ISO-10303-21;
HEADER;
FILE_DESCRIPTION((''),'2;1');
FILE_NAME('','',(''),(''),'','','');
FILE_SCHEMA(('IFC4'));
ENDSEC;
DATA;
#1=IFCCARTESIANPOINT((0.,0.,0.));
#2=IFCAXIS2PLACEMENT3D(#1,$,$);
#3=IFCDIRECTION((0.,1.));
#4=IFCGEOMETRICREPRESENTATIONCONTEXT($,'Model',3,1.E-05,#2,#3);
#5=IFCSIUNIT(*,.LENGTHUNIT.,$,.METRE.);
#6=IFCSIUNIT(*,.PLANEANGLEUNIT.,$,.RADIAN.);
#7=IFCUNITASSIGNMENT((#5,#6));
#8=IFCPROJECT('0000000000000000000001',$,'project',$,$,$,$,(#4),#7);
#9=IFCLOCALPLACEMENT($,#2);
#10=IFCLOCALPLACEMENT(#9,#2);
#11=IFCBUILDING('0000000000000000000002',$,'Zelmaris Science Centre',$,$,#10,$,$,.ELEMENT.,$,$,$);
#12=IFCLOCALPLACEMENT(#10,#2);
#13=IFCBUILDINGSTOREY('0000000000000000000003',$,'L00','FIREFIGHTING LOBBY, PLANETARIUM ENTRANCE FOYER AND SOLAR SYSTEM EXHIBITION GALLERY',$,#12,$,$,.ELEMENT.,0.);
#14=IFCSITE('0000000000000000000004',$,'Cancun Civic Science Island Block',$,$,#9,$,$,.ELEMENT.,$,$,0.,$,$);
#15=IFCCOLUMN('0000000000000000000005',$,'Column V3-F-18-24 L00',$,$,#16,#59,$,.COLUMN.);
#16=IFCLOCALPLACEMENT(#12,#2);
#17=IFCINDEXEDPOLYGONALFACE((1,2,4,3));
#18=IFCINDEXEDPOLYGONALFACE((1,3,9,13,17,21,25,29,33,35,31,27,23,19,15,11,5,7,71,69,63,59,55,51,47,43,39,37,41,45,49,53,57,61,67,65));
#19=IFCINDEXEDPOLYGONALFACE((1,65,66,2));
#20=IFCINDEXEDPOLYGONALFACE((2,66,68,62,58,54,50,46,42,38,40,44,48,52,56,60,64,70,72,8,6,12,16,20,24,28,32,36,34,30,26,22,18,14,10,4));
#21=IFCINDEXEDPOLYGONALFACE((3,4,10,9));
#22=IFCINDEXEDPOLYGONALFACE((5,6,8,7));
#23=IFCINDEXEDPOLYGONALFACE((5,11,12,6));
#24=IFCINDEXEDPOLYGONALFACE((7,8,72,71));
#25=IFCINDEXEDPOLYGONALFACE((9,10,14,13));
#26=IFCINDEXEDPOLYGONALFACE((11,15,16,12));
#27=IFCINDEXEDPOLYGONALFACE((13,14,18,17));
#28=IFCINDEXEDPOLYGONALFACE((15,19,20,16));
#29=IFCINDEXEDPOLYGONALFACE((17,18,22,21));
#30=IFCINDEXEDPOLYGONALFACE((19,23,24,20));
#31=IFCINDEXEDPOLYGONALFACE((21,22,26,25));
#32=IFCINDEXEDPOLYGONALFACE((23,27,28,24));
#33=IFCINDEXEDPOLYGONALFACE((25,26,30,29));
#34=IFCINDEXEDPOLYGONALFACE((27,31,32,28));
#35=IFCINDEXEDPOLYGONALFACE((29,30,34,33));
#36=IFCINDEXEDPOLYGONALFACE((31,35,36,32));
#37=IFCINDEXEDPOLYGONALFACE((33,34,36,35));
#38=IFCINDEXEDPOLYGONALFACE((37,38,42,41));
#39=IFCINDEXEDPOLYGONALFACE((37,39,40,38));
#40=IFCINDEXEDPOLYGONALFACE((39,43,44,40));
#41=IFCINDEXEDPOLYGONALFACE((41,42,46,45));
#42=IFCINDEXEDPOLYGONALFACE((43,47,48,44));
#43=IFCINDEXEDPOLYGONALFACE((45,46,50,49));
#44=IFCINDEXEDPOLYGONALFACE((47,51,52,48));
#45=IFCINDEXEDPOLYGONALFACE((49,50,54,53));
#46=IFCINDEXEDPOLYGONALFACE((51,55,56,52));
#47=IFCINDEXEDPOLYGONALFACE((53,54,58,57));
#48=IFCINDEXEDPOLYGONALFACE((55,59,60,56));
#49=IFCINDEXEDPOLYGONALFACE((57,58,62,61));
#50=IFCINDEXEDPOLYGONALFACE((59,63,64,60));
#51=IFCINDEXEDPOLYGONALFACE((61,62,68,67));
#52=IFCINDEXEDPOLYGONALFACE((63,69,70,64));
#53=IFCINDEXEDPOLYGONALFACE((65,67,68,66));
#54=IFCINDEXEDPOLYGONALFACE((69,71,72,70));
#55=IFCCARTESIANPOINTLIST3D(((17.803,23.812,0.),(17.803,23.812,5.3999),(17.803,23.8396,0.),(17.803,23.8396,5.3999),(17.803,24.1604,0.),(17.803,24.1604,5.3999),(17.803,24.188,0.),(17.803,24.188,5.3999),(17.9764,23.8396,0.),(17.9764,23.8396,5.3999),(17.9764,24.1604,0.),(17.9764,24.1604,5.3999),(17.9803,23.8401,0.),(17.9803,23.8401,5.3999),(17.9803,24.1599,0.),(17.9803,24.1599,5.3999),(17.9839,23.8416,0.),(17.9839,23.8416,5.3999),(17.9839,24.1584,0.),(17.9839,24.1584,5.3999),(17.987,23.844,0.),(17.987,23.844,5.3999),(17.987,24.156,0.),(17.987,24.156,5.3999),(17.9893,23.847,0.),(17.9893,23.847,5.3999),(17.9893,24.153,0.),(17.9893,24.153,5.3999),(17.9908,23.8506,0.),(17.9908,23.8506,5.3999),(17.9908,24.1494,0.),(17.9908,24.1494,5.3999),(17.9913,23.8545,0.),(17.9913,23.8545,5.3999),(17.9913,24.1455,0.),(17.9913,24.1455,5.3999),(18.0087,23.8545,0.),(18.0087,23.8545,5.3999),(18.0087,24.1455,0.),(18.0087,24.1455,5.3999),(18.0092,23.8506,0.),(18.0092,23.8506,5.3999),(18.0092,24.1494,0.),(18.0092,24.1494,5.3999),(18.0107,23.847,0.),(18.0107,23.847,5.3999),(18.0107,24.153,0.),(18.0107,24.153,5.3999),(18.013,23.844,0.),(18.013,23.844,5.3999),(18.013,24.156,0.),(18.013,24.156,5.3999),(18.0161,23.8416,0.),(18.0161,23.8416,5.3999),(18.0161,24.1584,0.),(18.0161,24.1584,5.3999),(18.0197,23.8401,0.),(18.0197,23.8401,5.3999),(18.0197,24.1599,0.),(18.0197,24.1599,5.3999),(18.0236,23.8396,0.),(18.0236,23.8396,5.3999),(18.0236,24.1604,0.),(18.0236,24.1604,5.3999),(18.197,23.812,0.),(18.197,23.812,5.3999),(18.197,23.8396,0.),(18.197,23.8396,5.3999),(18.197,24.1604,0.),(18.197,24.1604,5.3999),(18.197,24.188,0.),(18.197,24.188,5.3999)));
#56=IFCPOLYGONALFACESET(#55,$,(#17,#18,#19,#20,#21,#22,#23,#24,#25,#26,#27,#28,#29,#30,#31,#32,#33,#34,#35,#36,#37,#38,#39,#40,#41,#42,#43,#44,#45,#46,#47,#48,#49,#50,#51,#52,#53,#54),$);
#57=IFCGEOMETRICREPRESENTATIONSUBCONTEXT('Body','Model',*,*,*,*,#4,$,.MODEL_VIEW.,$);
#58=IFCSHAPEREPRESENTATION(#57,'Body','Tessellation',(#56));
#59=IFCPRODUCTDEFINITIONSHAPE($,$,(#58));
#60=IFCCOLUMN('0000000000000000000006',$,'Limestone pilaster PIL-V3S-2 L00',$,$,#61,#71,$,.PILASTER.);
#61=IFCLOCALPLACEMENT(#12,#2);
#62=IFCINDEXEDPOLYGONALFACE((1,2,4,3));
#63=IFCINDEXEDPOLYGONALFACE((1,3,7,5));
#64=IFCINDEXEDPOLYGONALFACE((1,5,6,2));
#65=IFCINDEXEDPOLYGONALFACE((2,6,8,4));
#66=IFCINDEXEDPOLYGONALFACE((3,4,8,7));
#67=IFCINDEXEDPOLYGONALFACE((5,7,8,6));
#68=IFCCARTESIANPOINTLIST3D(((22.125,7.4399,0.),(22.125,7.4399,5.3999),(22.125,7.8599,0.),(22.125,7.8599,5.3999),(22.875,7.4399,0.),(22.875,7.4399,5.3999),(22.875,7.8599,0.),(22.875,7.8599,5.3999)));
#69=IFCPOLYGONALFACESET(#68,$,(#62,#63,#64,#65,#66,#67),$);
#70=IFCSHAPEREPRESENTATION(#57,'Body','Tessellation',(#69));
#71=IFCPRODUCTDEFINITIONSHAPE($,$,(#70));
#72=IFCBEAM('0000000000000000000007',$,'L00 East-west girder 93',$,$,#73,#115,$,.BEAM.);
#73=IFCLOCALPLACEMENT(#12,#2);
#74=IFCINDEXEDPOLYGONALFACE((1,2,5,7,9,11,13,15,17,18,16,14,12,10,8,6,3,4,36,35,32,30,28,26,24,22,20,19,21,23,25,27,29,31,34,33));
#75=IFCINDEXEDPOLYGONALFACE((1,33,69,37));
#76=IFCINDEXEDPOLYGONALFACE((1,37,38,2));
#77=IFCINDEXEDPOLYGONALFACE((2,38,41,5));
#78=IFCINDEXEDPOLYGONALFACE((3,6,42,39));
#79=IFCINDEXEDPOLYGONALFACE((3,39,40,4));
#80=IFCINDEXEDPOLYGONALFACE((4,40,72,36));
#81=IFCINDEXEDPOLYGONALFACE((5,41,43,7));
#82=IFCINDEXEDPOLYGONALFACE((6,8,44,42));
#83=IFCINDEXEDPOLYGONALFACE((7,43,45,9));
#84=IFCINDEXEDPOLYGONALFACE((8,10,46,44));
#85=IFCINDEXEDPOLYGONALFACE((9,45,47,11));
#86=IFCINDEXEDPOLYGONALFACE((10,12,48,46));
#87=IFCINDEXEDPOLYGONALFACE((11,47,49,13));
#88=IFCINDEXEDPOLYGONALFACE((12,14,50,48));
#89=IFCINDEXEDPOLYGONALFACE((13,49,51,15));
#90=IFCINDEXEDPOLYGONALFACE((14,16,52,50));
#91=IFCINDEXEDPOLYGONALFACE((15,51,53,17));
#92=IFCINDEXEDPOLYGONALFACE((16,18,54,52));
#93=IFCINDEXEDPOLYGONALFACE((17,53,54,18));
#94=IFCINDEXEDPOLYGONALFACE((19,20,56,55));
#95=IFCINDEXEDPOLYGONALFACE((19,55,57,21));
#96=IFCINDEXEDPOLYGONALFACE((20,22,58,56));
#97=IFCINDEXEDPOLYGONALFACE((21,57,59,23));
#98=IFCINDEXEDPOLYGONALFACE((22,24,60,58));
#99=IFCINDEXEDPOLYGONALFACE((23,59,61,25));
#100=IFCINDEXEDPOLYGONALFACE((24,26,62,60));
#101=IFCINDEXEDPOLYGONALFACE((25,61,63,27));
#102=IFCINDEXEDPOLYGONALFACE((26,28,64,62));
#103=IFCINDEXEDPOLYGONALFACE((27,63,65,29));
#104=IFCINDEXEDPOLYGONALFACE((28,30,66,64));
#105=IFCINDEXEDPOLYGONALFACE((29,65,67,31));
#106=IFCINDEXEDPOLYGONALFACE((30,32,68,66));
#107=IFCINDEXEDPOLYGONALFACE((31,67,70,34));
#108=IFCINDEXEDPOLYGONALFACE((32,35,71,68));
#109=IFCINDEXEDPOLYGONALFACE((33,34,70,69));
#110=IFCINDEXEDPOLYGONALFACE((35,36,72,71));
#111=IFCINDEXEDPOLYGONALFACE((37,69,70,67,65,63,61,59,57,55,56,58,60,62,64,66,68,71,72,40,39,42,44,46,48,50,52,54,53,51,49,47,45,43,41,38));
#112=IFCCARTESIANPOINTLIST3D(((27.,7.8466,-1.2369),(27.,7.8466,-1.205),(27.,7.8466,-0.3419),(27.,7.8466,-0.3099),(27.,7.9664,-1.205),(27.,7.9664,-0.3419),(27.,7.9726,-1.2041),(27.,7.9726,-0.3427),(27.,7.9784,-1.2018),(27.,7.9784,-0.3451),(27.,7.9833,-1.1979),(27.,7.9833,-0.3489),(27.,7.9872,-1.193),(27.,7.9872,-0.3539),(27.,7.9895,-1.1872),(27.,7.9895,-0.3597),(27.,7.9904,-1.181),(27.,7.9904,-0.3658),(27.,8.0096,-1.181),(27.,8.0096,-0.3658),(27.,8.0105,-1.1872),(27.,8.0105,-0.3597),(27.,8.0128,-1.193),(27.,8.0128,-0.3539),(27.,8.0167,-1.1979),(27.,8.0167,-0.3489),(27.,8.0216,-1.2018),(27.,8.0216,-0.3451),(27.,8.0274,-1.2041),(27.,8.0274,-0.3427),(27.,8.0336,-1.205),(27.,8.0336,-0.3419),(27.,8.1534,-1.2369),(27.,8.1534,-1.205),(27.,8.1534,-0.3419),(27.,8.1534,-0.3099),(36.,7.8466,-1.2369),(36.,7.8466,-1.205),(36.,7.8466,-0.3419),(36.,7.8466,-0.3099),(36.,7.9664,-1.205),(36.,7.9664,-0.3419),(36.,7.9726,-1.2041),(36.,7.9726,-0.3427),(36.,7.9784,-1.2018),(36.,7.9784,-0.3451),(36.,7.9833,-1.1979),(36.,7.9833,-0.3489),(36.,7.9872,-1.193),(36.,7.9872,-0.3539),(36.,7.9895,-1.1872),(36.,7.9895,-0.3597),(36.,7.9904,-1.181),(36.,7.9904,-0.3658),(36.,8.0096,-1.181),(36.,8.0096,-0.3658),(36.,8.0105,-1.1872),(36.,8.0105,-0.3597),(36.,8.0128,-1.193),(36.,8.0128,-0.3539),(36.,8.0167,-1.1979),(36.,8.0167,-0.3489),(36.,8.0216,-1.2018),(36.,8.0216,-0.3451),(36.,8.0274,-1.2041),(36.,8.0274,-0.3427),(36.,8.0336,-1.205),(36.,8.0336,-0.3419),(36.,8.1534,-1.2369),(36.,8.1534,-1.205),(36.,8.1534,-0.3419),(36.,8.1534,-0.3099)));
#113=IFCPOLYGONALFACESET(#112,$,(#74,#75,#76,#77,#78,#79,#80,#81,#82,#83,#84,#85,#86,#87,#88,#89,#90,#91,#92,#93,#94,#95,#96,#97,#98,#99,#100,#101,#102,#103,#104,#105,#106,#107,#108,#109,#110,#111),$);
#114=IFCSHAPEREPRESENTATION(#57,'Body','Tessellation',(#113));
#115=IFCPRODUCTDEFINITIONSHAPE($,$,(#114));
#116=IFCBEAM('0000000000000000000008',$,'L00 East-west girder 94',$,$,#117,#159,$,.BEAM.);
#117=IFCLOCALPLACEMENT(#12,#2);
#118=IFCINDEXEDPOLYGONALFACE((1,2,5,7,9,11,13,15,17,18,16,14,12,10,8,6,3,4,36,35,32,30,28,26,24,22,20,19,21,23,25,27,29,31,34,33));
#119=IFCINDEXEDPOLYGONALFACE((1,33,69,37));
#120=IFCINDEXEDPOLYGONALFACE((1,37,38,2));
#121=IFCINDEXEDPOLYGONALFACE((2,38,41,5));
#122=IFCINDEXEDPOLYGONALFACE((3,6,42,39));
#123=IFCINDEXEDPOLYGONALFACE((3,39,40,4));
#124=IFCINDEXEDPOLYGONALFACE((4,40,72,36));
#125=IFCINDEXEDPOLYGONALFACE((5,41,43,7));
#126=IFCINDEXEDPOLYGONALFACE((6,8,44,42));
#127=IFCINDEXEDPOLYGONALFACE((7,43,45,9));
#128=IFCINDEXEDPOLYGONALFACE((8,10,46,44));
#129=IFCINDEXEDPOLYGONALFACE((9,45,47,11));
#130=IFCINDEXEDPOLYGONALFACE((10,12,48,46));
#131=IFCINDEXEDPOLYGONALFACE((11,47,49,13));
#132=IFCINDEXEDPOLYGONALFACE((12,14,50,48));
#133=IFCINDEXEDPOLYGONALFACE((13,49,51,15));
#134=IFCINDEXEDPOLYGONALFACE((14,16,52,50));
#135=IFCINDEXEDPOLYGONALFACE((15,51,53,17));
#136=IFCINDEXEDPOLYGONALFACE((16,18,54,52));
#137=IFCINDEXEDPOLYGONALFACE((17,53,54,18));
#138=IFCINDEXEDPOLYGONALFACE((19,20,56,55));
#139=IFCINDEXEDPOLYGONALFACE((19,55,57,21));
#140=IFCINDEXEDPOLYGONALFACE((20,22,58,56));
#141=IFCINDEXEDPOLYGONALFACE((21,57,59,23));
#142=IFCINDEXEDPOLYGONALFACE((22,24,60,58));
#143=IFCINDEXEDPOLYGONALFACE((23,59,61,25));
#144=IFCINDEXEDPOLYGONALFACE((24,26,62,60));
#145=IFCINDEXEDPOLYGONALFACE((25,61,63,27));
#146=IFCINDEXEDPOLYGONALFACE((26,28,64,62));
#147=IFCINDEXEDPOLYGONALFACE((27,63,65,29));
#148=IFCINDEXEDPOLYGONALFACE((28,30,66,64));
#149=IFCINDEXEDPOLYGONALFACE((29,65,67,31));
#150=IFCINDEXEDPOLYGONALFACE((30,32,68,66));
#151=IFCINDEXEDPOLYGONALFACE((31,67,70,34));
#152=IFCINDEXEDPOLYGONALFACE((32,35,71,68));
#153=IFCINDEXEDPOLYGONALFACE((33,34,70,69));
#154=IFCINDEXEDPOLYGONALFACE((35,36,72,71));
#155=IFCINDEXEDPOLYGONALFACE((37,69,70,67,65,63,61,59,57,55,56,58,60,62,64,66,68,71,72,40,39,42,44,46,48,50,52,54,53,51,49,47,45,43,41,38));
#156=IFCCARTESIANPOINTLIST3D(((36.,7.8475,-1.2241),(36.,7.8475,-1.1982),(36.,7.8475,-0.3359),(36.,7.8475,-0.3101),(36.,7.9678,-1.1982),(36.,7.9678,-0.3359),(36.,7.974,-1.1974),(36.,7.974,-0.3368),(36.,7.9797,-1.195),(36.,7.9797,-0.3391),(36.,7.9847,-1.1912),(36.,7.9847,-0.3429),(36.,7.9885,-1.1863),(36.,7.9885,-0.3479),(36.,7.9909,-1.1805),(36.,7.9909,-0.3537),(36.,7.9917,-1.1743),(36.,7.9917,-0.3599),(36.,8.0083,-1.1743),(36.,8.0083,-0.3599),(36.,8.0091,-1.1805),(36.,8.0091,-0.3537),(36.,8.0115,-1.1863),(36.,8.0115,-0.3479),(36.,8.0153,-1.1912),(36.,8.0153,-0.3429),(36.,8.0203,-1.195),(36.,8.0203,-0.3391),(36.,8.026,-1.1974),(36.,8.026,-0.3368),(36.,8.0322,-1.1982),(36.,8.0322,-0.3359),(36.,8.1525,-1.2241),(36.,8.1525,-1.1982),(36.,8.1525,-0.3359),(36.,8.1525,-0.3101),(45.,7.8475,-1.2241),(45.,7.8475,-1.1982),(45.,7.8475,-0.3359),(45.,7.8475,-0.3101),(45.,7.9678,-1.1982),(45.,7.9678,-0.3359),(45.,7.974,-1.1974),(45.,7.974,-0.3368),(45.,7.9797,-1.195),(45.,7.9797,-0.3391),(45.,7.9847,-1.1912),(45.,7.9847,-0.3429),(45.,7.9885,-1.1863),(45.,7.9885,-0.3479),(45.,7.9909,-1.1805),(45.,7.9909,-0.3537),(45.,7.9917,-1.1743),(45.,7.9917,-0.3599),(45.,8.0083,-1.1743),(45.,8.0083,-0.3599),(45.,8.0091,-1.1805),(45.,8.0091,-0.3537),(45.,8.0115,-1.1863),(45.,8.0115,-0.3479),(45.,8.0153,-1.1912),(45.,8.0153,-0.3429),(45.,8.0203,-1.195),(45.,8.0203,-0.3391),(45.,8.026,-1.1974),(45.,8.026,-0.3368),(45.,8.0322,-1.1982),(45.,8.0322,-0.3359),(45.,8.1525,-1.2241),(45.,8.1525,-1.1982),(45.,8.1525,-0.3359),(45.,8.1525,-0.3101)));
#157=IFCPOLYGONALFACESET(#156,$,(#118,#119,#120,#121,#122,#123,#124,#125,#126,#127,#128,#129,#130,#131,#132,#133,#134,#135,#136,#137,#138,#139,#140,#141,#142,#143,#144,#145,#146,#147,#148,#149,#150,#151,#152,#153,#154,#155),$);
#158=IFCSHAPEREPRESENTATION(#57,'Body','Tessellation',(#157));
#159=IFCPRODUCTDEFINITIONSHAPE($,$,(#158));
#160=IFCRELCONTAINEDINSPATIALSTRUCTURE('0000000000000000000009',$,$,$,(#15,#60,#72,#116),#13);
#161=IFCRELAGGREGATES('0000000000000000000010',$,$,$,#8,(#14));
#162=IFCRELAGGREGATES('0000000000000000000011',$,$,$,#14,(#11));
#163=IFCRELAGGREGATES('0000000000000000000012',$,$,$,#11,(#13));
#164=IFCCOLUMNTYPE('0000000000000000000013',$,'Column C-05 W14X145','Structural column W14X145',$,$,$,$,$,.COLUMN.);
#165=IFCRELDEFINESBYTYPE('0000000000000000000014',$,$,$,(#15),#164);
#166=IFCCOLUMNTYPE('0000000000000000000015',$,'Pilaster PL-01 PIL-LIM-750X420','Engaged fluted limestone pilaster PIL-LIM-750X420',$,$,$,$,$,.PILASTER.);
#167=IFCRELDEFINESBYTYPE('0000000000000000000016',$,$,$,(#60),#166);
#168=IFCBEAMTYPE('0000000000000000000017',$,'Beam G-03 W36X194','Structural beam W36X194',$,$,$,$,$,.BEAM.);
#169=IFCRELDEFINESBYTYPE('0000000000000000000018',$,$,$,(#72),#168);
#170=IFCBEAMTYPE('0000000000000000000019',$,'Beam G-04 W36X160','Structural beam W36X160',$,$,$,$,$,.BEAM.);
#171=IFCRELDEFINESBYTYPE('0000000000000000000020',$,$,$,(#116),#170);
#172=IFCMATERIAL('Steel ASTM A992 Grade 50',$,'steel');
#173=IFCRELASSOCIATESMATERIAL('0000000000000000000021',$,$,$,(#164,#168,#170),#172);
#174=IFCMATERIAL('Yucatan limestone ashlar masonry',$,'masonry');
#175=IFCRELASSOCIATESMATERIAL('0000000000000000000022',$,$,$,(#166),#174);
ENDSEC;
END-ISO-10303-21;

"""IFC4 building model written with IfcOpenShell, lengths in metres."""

from ifc_helpers import new_model, si_unit, direction, frame, origin, origin_2d, place, context, subcontext, project, spatial, rectangle, i_section, extrude, material, material_profile, profile_set, type_object, element, save


model = new_model("IFC4")

# Units and contexts
model_context = context("Model", 3, precision=1e-05, world=origin(), true_north=direction((0.0, 1.0)))
body_context = subcontext(model_context, "Body", "Model", "MODEL_VIEW")
ifc_project = project(units=[si_unit("LENGTHUNIT", "METRE"), si_unit("PLANEANGLEUNIT", "RADIAN")], contexts=[model_context])

# Site, building, storey
site_placement = place(None, origin())
site = spatial("IfcSite", under=ifc_project, at=site_placement, Name="Cancun Civic Science Island Block", CompositionType="ELEMENT", RefElevation=0.0)
building_placement = place(site_placement, origin())
building = spatial("IfcBuilding", under=site, at=building_placement, Name="Zelmaris Science Centre", CompositionType="ELEMENT")
storey_placement = place(building_placement, origin())
storey = spatial("IfcBuildingStorey", under=building, at=storey_placement, Name="L00", Description="FIREFIGHTING LOBBY, PLANETARIUM ENTRANCE FOYER AND SOLAR SYSTEM EXHIBITION GALLERY", CompositionType="ELEMENT", Elevation=0.0)

# Columns
ifc_material_1 = material(Name="Steel ASTM A992 Grade 50", Category="steel")
ifc_material_profile_1 = material_profile(ifc_material_1, i_section(OverallWidth=0.394, OverallDepth=0.376, WebThickness=0.0173, FlangeThickness=0.0276, FilletRadius=0.0149, at=origin_2d()), Name="W14X145")
ifc_profile_set_1 = profile_set([ifc_material_profile_1], Name="Steel ASTM A992 Grade 50")
column_type_1 = type_object("IfcColumnType", Name="Column C-05 W14X145", Description="Structural column W14X145", PredefinedType="COLUMN", material=ifc_profile_set_1)
for number, where, z_axis, x_axis, name in (
    (1, (18.0, 24.0, 0.0), (0.0, 0.0, 1.0), (1.0, 0.0, 0.0), "Column V3-F-18-24 L00"),
):
    element("IfcColumn", number, at=place(storey_placement, frame(where, z_axis=z_axis, x_axis=x_axis)), inside=storey, type_object=column_type_1, Name=name, PredefinedType="COLUMN", context=body_context, shape_type="SweptSolid", body=[
        extrude(i_section(OverallWidth=0.394, OverallDepth=0.376, WebThickness=0.0173, FlangeThickness=0.0276, FilletRadius=0.0149, at=origin_2d()), origin(), (0.0, 0.0, 1.0), 5.3999),
    ])
ifc_material_2 = material(Name="Yucatan limestone ashlar masonry", Category="masonry")
ifc_material_profile_2 = material_profile(ifc_material_2, rectangle(XDim=0.75, YDim=0.4199, at=origin_2d()), Name="PIL-LIM-750X420")
ifc_profile_set_2 = profile_set([ifc_material_profile_2], Name="Yucatan limestone ashlar masonry")
column_type_2 = type_object("IfcColumnType", Name="Pilaster PL-01 PIL-LIM-750X420", Description="Engaged fluted limestone pilaster PIL-LIM-750X420", PredefinedType="PILASTER", material=ifc_profile_set_2)
column_placement = place(storey_placement, frame((22.5, 7.6499, 0.0), z_axis=(0.0, 0.0, 1.0), x_axis=(1.0, 0.0, 0.0)))
element("IfcColumn", 2, at=column_placement, inside=storey, type_object=column_type_2, Name="Limestone pilaster PIL-V3S-2 L00", PredefinedType="PILASTER", context=body_context, shape_type="SweptSolid", body=[
    extrude(rectangle(XDim=0.75, YDim=0.4199, at=origin_2d()), origin(), (0.0, 0.0, 1.0), 5.3999),
])

# Beams
ifc_material_profile_3 = material_profile(ifc_material_1, i_section(OverallWidth=0.3069, OverallDepth=0.927, WebThickness=0.0193, FlangeThickness=0.032, FilletRadius=0.0239, at=origin_2d()), Name="W36X194")
ifc_profile_set_3 = profile_set([ifc_material_profile_3], Name="Steel ASTM A992 Grade 50")
beam_type_1 = type_object("IfcBeamType", Name="Beam G-03 W36X194", Description="Structural beam W36X194", PredefinedType="BEAM", material=ifc_profile_set_3)
beam_1_placement = place(storey_placement, frame((27.0, 8.0, -0.7734), z_axis=(1.0, 0.0, 0.0), x_axis=(0.0, 1.0, 0.0)))
element("IfcBeam", 3, at=beam_1_placement, inside=storey, type_object=beam_type_1, Name="L00 East-west girder 93", PredefinedType="BEAM", context=body_context, shape_type="SweptSolid", body=[
    extrude(i_section(OverallWidth=0.3069, OverallDepth=0.927, WebThickness=0.0193, FlangeThickness=0.032, FilletRadius=0.0239, at=origin_2d()), origin(), (0.0, 0.0, 1.0), 9.0),
])
ifc_material_profile_4 = material_profile(ifc_material_1, i_section(OverallWidth=0.3049, OverallDepth=0.9141, WebThickness=0.0166, FlangeThickness=0.0259, FilletRadius=0.0239, at=origin_2d()), Name="W36X160")
ifc_profile_set_4 = profile_set([ifc_material_profile_4], Name="Steel ASTM A992 Grade 50")
beam_type_2 = type_object("IfcBeamType", Name="Beam G-04 W36X160", Description="Structural beam W36X160", PredefinedType="BEAM", material=ifc_profile_set_4)
beam_2_placement = place(storey_placement, frame((36.0, 8.0, -0.7671), z_axis=(1.0, 0.0, 0.0), x_axis=(0.0, 1.0, 0.0)))
element("IfcBeam", 4, at=beam_2_placement, inside=storey, type_object=beam_type_2, Name="L00 East-west girder 94", PredefinedType="BEAM", context=body_context, shape_type="SweptSolid", body=[
    extrude(i_section(OverallWidth=0.3049, OverallDepth=0.9141, WebThickness=0.0166, FlangeThickness=0.0259, FilletRadius=0.0239, at=origin_2d()), origin(), (0.0, 0.0, 1.0), 9.0),
])

save(model, "model.ifc")
